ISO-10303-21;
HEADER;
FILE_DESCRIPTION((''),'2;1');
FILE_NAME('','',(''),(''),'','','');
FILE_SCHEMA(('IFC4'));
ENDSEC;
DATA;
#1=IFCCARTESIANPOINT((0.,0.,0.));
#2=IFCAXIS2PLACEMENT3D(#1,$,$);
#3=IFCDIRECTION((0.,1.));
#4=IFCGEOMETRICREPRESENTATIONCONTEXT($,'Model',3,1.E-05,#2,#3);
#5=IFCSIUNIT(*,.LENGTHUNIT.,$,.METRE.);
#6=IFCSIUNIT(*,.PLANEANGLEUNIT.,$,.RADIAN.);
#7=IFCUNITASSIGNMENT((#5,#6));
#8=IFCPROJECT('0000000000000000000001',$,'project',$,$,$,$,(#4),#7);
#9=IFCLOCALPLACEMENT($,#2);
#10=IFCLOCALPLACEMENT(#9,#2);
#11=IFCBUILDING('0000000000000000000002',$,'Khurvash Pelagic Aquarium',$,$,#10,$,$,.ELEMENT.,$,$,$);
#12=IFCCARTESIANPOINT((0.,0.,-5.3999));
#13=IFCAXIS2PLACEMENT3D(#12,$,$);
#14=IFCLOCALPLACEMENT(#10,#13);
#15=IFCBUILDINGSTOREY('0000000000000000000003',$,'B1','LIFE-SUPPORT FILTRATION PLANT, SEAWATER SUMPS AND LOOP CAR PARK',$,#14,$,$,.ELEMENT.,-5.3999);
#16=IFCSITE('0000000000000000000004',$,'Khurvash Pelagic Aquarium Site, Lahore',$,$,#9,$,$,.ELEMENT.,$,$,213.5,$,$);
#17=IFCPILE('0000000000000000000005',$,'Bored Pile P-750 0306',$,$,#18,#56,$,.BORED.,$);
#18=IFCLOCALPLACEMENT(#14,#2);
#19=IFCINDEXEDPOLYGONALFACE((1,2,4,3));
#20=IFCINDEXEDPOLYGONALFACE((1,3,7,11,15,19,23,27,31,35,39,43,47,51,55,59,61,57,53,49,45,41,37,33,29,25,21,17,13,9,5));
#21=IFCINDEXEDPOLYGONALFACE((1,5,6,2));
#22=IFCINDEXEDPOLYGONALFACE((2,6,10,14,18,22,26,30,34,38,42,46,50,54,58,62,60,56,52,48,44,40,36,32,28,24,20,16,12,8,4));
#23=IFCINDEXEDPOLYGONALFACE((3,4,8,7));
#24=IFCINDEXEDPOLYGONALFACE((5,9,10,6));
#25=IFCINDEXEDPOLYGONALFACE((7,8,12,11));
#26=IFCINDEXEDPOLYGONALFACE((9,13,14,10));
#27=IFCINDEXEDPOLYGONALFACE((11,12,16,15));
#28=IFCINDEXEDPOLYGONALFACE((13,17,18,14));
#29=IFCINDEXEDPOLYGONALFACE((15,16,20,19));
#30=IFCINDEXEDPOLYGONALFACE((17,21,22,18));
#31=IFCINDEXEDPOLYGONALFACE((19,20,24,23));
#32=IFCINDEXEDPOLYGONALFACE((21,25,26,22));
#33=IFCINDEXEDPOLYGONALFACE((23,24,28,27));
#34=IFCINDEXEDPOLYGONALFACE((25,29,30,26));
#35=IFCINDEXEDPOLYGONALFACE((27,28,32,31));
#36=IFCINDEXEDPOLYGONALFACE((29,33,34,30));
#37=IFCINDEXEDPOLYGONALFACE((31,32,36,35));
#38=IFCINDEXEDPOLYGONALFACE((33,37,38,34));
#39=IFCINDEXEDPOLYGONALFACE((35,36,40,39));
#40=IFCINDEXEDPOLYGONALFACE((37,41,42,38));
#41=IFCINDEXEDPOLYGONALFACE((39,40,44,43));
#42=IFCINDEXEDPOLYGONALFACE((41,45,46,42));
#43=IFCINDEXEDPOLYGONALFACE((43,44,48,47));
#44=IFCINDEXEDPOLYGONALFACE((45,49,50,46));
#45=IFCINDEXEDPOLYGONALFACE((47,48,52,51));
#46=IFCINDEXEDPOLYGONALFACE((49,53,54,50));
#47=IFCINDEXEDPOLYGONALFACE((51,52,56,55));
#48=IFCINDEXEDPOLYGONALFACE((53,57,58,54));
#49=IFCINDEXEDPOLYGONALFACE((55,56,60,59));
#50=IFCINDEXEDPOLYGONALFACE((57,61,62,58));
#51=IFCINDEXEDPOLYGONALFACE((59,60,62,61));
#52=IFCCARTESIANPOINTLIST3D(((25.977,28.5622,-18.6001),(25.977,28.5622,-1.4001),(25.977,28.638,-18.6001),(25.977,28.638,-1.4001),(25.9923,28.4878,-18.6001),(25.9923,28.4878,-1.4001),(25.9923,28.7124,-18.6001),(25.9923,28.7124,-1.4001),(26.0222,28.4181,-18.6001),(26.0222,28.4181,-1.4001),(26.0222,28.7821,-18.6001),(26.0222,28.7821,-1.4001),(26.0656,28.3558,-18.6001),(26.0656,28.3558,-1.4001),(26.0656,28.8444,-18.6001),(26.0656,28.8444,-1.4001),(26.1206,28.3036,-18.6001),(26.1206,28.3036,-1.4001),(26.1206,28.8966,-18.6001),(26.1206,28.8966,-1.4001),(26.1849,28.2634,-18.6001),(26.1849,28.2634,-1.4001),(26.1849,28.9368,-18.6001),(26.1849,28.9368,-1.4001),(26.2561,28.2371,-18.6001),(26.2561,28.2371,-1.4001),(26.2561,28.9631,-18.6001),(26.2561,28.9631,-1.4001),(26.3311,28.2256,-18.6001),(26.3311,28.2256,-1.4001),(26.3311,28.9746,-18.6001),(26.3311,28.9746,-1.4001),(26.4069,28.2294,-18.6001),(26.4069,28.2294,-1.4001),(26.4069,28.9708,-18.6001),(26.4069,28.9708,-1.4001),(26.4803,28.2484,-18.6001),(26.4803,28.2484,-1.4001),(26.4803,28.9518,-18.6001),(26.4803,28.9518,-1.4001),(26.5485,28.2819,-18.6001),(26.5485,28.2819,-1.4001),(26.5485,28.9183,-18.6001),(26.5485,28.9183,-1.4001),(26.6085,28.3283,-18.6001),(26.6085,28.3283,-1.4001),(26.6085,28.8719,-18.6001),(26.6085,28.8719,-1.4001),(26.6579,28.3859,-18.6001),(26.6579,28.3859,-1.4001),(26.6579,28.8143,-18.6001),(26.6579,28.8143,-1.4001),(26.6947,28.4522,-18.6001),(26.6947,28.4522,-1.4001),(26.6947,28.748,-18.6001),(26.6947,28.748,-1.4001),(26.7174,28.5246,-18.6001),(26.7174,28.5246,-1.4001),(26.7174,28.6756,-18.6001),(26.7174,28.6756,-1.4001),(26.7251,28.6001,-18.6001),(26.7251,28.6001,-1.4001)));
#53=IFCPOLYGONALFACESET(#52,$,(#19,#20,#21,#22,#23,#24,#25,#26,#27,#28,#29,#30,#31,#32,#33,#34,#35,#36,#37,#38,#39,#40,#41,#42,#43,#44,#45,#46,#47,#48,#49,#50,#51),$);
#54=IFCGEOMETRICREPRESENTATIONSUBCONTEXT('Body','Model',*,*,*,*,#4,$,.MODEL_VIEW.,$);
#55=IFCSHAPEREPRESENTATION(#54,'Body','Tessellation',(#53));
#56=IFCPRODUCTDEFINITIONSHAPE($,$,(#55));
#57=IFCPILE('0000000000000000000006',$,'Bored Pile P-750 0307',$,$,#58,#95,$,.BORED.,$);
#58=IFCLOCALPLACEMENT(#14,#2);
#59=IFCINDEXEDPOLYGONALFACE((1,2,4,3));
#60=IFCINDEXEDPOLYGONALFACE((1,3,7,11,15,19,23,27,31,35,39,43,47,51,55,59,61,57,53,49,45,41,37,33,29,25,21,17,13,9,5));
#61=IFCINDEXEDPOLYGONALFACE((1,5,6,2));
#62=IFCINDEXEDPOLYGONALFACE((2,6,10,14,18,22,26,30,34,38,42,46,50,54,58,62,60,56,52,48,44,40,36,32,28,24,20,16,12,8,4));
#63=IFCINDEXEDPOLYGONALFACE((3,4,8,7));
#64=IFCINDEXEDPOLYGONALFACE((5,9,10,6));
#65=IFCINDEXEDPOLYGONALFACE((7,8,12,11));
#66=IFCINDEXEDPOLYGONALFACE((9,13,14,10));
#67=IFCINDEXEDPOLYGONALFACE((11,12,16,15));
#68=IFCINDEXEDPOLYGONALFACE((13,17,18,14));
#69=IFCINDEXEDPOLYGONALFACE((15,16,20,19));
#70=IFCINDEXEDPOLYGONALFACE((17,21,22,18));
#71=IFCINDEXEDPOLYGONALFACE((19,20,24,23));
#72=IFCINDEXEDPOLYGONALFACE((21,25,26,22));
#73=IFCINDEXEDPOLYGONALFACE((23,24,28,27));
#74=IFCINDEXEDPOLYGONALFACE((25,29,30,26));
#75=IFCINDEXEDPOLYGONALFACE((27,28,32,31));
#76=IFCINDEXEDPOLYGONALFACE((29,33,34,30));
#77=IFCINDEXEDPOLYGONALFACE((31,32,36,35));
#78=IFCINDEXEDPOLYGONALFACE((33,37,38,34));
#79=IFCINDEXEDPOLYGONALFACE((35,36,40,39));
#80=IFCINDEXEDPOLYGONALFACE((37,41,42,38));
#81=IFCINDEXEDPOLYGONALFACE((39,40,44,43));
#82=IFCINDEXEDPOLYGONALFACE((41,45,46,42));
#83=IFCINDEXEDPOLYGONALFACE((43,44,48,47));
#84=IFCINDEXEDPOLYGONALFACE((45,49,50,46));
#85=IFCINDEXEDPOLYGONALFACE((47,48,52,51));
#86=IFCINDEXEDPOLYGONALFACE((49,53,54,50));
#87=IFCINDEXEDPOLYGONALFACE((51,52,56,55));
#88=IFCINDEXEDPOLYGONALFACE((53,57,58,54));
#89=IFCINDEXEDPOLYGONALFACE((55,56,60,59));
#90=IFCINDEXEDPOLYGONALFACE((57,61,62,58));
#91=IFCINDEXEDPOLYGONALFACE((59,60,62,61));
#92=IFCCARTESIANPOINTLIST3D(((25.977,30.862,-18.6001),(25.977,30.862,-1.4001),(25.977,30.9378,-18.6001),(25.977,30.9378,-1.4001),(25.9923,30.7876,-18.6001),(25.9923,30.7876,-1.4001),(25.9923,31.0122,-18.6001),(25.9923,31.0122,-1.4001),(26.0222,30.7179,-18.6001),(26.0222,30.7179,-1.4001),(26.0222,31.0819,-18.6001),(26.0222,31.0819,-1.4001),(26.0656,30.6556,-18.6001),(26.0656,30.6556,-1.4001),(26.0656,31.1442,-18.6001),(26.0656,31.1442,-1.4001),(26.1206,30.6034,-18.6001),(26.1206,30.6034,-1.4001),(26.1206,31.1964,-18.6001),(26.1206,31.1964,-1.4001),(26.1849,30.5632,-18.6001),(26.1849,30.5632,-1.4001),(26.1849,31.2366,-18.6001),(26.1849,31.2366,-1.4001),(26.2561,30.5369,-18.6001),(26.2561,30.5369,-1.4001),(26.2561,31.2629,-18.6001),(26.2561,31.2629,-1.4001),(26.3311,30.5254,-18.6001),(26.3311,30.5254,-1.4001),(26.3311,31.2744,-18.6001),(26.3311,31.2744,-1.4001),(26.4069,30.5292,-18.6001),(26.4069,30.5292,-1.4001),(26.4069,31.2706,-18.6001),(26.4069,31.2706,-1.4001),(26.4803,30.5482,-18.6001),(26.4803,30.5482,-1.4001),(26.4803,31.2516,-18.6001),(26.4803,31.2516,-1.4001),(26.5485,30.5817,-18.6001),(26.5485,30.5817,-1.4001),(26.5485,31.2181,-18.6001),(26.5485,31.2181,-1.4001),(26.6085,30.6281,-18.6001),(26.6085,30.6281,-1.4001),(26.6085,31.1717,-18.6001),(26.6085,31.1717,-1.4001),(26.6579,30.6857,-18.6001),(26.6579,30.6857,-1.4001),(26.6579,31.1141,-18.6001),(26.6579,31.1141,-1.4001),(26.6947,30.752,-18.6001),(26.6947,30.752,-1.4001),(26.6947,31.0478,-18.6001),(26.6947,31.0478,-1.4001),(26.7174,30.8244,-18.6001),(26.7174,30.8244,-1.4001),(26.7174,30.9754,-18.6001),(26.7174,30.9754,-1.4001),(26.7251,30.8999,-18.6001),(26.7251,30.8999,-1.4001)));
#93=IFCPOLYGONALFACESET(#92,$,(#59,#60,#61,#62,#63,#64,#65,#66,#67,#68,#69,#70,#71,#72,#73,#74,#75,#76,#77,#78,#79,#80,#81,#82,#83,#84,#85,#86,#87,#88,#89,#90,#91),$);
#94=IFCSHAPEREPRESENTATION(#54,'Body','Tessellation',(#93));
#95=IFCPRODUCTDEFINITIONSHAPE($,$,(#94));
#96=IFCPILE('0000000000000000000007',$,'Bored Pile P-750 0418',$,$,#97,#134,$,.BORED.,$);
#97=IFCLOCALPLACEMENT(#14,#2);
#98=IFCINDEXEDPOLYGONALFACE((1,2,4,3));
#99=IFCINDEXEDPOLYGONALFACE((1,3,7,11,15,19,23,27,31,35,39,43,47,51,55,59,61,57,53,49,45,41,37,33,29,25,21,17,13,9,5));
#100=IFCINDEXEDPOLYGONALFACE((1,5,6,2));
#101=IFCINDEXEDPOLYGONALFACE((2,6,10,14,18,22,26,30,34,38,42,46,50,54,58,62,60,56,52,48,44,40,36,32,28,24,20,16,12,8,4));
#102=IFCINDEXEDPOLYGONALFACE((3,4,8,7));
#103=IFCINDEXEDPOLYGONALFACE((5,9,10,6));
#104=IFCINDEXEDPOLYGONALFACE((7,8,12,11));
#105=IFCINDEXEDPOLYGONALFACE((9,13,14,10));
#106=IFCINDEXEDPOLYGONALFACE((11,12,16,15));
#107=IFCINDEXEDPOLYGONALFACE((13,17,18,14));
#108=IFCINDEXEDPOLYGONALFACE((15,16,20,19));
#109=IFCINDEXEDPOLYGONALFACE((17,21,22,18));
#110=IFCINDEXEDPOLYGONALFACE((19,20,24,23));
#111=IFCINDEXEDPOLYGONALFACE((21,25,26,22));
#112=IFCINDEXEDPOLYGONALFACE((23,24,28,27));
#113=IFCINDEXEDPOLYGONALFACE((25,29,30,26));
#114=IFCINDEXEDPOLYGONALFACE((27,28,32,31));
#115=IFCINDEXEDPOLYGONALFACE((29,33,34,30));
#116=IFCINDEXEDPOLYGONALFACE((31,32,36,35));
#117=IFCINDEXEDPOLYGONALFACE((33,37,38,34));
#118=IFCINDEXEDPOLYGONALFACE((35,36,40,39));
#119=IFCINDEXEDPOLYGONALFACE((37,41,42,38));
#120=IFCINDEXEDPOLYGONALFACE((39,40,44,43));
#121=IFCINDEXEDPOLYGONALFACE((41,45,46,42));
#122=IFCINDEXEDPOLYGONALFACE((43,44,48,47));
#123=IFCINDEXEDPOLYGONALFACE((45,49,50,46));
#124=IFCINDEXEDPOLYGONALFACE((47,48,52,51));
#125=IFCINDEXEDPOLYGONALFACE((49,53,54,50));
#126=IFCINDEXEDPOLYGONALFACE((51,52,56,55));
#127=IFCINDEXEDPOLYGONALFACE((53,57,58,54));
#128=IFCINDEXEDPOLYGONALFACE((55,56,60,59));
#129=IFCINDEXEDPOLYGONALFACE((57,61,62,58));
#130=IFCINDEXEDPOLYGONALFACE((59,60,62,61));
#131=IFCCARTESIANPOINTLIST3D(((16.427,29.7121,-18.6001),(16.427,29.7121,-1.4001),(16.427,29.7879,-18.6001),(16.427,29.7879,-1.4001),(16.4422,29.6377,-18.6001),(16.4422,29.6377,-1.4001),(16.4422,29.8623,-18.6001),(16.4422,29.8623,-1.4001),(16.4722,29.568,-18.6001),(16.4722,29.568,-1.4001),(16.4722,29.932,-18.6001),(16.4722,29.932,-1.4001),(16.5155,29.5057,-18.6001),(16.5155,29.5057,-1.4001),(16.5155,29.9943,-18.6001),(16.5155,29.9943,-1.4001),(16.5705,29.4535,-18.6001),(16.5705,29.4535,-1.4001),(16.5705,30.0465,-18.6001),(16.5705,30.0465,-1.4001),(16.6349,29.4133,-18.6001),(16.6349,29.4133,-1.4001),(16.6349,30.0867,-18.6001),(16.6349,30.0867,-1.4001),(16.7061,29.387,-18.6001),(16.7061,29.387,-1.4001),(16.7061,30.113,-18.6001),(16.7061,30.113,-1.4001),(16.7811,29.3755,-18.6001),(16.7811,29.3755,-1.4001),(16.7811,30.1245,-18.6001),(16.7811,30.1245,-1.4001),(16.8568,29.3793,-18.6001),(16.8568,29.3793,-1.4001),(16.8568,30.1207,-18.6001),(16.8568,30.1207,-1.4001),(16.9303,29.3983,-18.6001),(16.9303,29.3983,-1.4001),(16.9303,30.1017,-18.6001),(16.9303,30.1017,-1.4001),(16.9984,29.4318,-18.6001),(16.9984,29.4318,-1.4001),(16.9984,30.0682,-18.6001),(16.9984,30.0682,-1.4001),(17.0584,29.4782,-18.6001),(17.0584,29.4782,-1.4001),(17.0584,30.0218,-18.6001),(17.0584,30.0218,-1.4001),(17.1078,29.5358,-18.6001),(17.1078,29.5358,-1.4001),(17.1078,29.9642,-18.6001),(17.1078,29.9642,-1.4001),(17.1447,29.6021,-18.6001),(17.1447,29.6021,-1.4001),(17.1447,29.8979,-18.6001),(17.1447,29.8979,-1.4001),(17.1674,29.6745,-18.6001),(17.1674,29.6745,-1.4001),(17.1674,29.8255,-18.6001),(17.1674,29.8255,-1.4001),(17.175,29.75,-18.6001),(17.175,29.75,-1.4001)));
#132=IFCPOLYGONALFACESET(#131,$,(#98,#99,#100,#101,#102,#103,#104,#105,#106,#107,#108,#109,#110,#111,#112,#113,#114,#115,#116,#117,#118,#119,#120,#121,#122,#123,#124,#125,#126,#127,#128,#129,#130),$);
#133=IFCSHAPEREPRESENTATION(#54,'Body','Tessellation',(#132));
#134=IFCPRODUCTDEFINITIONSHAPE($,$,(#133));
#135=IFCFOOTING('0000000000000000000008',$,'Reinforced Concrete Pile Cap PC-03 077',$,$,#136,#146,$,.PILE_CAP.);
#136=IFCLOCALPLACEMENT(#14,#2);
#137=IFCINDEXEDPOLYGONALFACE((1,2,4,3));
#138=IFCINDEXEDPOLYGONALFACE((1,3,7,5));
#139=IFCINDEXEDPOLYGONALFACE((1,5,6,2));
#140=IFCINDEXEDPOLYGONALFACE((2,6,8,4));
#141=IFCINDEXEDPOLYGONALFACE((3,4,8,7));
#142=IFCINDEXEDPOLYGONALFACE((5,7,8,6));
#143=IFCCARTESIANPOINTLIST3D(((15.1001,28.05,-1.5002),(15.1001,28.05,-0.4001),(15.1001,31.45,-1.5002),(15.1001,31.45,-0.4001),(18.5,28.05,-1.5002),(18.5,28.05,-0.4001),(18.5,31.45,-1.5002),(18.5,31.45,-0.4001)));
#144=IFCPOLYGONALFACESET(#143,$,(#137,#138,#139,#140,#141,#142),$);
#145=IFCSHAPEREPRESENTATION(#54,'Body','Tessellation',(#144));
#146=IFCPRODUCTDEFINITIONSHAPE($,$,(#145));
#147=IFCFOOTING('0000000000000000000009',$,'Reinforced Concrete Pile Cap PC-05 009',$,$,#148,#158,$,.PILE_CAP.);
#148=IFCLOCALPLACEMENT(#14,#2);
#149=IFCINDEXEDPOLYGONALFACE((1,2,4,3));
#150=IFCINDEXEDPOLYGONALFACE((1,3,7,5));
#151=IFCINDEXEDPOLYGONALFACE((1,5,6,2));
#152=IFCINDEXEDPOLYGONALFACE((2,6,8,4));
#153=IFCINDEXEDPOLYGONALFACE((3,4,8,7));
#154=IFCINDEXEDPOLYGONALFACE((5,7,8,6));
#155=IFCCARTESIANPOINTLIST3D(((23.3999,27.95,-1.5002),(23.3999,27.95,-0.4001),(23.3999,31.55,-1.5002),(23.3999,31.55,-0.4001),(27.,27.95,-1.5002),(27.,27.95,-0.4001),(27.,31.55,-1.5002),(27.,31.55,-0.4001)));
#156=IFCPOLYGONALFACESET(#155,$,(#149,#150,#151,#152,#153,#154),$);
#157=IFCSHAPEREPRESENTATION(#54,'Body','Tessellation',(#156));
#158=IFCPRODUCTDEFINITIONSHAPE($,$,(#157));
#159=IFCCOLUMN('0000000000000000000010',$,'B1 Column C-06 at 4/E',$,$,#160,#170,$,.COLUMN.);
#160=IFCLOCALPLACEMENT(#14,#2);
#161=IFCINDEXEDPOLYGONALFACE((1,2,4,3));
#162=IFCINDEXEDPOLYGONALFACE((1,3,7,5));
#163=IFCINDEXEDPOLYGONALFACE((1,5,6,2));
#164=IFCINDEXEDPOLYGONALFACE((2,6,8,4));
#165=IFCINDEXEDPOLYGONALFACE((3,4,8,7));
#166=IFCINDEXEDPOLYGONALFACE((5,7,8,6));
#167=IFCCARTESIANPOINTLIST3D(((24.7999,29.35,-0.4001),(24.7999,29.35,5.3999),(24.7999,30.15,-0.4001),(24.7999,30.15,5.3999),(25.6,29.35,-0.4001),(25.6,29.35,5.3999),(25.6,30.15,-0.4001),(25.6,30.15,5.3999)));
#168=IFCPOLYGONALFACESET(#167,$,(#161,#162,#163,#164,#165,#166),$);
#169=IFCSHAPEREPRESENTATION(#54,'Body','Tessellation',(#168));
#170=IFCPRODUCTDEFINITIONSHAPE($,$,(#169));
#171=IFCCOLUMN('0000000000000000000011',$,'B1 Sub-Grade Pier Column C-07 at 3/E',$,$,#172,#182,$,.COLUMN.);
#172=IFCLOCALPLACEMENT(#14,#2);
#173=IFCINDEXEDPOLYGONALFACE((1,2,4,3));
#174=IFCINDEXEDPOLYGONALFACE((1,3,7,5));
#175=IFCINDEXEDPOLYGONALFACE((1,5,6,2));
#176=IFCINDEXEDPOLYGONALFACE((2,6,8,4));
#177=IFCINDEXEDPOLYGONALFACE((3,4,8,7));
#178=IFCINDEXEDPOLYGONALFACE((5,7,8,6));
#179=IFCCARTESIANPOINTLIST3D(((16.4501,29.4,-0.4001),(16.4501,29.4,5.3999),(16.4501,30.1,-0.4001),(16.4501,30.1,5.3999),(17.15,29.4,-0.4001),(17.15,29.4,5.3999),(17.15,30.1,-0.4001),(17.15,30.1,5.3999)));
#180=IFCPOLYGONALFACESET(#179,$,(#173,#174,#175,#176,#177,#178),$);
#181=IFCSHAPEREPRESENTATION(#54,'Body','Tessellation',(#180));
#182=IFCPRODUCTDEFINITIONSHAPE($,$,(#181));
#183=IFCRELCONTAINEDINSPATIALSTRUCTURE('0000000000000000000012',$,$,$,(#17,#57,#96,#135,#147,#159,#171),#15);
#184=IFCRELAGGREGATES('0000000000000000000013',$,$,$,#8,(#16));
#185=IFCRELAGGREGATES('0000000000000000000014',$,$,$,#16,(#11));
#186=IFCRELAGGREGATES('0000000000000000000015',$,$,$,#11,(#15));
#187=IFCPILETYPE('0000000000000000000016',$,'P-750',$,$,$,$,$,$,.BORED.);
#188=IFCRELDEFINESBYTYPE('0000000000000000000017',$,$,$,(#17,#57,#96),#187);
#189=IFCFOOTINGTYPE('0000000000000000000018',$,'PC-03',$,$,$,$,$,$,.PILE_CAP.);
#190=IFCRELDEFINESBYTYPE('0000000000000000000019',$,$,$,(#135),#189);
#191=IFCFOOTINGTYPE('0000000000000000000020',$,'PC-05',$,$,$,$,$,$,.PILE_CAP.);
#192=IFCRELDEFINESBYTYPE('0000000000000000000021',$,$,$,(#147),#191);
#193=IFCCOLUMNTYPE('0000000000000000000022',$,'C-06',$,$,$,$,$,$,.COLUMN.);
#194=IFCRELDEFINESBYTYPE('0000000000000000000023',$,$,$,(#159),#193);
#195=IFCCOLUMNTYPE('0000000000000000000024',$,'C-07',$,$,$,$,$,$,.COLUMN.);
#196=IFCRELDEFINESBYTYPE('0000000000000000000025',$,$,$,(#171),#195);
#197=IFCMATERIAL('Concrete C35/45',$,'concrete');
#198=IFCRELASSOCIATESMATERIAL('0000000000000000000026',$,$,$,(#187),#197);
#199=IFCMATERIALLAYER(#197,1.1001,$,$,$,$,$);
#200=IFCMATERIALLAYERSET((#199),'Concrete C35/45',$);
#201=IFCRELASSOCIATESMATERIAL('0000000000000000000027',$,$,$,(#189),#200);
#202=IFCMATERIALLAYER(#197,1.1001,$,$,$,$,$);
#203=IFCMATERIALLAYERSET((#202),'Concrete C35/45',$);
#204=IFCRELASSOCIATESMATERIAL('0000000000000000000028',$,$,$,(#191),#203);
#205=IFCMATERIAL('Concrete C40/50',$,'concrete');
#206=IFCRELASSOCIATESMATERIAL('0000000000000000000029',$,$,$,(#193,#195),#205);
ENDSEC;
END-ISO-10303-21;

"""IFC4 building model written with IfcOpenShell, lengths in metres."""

from ifc_helpers import new_model, si_unit, direction, frame, origin, origin_2d, place, context, subcontext, project, spatial, rectangle, circle, extrude, material, layer, layer_set, material_profile, profile_set, type_object, element, save


model = new_model("IFC4")

# Units and contexts
model_context = context("Model", 3, precision=1e-05, world=origin(), true_north=direction((0.0, 1.0)))
body_context = subcontext(model_context, "Body", "Model", "MODEL_VIEW")
ifc_project = project(units=[si_unit("LENGTHUNIT", "METRE"), si_unit("PLANEANGLEUNIT", "RADIAN")], contexts=[model_context])

# Site, building, storey
site_placement = place(None, origin())
site = spatial("IfcSite", under=ifc_project, at=site_placement, Name="Khurvash Pelagic Aquarium Site, Lahore", CompositionType="ELEMENT", RefElevation=213.5)
building_placement = place(site_placement, origin())
building = spatial("IfcBuilding", under=site, at=building_placement, Name="Khurvash Pelagic Aquarium", CompositionType="ELEMENT")
storey_placement = place(building_placement, frame((0.0, 0.0, -5.3999)))
storey = spatial("IfcBuildingStorey", under=building, at=storey_placement, Name="B1", Description="LIFE-SUPPORT FILTRATION PLANT, SEAWATER SUMPS AND LOOP CAR PARK", CompositionType="ELEMENT", Elevation=-5.3999)

# Shared definitions
ifc_material_1 = material(Name="Concrete C35/45", Category="concrete")

# Piles
ifc_material_profile_1 = material_profile(ifc_material_1, circle(Radius=0.375, at=origin_2d()), Name="PILE750")
ifc_profile_set_1 = profile_set([ifc_material_profile_1], Name="Concrete C35/45")
pile_type = type_object("IfcPileType", Name="P-750", PredefinedType="BORED", material=ifc_profile_set_1)
for number, where, z_axis, x_axis, name in (
    (1, (26.3501, 28.6001, -1.4001), (0.0, 0.0, -1.0), (1.0, 0.0, 0.0), "Bored Pile P-750 0306"),
    (2, (26.3501, 30.8999, -1.4001), (0.0, 0.0, -1.0), (1.0, 0.0, 0.0), "Bored Pile P-750 0307"),
    (3, (16.8, 29.75, -1.4001), (0.0, 0.0, -1.0), (1.0, 0.0, 0.0), "Bored Pile P-750 0418"),
):
    element("IfcPile", number, at=place(storey_placement, frame(where, z_axis=z_axis, x_axis=x_axis)), inside=storey, type_object=pile_type, Name=name, PredefinedType="BORED", context=body_context, shape_type="SweptSolid", body=[
        extrude(circle(Radius=0.375, at=origin_2d()), origin(), (0.0, 0.0, 1.0), 17.2),
    ])

# Footings
ifc_layer_1 = layer(ifc_material_1, 1.1001)
ifc_layer_set_1 = layer_set([ifc_layer_1], Name="Concrete C35/45")
footing_type_1 = type_object("IfcFootingType", Name="PC-03", PredefinedType="PILE_CAP", material=ifc_layer_set_1)
footing_1_placement = place(storey_placement, frame((16.8, 29.75, -1.5002), z_axis=(0.0, 0.0, 1.0), x_axis=(1.0, 0.0, 0.0)))
element("IfcFooting", 4, at=footing_1_placement, inside=storey, type_object=footing_type_1, Name="Reinforced Concrete Pile Cap PC-03 077", PredefinedType="PILE_CAP", context=body_context, shape_type="SweptSolid", body=[
    extrude(rectangle(XDim=3.3999, YDim=3.3999, at=origin_2d()), origin(), (0.0, 0.0, 1.0), 1.1001),
])
ifc_layer_2 = layer(ifc_material_1, 1.1001)
ifc_layer_set_2 = layer_set([ifc_layer_2], Name="Concrete C35/45")
footing_type_2 = type_object("IfcFootingType", Name="PC-05", PredefinedType="PILE_CAP", material=ifc_layer_set_2)
footing_2_placement = place(storey_placement, frame((25.2, 29.75, -1.5002), z_axis=(0.0, 0.0, 1.0), x_axis=(1.0, 0.0, 0.0)))
element("IfcFooting", 5, at=footing_2_placement, inside=storey, type_object=footing_type_2, Name="Reinforced Concrete Pile Cap PC-05 009", PredefinedType="PILE_CAP", context=body_context, shape_type="SweptSolid", body=[
    extrude(rectangle(XDim=3.6001, YDim=3.6001, at=origin_2d()), origin(), (0.0, 0.0, 1.0), 1.1001),
])

# Columns
ifc_material_2 = material(Name="Concrete C40/50", Category="concrete")
ifc_material_profile_2 = material_profile(ifc_material_2, rectangle(XDim=0.8, YDim=0.8, at=origin_2d()), Name="RC800X800")
ifc_profile_set_2 = profile_set([ifc_material_profile_2], Name="Concrete C40/50")
column_type_1 = type_object("IfcColumnType", Name="C-06", PredefinedType="COLUMN", material=ifc_profile_set_2)
column_1_placement = place(storey_placement, frame((25.2, 29.75, -0.4001), z_axis=(0.0, 0.0, 1.0), x_axis=(1.0, 0.0, 0.0)))
element("IfcColumn", 6, at=column_1_placement, inside=storey, type_object=column_type_1, Name="B1 Column C-06 at 4/E", PredefinedType="COLUMN", context=body_context, shape_type="SweptSolid", body=[
    extrude(rectangle(XDim=0.8, YDim=0.8, at=origin_2d()), origin(), (0.0, 0.0, 1.0), 5.8),
])
ifc_material_profile_3 = material_profile(ifc_material_2, rectangle(XDim=0.7, YDim=0.7, at=origin_2d()), Name="RC700X700")
ifc_profile_set_3 = profile_set([ifc_material_profile_3], Name="Concrete C40/50")
column_type_2 = type_object("IfcColumnType", Name="C-07", PredefinedType="COLUMN", material=ifc_profile_set_3)
column_2_placement = place(storey_placement, frame((16.8, 29.75, -0.4001), z_axis=(0.0, 0.0, 1.0), x_axis=(1.0, 0.0, 0.0)))
element("IfcColumn", 7, at=column_2_placement, inside=storey, type_object=column_type_2, Name="B1 Sub-Grade Pier Column C-07 at 3/E", PredefinedType="COLUMN", context=body_context, shape_type="SweptSolid", body=[
    extrude(rectangle(XDim=0.7, YDim=0.7, at=origin_2d()), origin(), (0.0, 0.0, 1.0), 5.8),
])

save(model, "model.ifc")
